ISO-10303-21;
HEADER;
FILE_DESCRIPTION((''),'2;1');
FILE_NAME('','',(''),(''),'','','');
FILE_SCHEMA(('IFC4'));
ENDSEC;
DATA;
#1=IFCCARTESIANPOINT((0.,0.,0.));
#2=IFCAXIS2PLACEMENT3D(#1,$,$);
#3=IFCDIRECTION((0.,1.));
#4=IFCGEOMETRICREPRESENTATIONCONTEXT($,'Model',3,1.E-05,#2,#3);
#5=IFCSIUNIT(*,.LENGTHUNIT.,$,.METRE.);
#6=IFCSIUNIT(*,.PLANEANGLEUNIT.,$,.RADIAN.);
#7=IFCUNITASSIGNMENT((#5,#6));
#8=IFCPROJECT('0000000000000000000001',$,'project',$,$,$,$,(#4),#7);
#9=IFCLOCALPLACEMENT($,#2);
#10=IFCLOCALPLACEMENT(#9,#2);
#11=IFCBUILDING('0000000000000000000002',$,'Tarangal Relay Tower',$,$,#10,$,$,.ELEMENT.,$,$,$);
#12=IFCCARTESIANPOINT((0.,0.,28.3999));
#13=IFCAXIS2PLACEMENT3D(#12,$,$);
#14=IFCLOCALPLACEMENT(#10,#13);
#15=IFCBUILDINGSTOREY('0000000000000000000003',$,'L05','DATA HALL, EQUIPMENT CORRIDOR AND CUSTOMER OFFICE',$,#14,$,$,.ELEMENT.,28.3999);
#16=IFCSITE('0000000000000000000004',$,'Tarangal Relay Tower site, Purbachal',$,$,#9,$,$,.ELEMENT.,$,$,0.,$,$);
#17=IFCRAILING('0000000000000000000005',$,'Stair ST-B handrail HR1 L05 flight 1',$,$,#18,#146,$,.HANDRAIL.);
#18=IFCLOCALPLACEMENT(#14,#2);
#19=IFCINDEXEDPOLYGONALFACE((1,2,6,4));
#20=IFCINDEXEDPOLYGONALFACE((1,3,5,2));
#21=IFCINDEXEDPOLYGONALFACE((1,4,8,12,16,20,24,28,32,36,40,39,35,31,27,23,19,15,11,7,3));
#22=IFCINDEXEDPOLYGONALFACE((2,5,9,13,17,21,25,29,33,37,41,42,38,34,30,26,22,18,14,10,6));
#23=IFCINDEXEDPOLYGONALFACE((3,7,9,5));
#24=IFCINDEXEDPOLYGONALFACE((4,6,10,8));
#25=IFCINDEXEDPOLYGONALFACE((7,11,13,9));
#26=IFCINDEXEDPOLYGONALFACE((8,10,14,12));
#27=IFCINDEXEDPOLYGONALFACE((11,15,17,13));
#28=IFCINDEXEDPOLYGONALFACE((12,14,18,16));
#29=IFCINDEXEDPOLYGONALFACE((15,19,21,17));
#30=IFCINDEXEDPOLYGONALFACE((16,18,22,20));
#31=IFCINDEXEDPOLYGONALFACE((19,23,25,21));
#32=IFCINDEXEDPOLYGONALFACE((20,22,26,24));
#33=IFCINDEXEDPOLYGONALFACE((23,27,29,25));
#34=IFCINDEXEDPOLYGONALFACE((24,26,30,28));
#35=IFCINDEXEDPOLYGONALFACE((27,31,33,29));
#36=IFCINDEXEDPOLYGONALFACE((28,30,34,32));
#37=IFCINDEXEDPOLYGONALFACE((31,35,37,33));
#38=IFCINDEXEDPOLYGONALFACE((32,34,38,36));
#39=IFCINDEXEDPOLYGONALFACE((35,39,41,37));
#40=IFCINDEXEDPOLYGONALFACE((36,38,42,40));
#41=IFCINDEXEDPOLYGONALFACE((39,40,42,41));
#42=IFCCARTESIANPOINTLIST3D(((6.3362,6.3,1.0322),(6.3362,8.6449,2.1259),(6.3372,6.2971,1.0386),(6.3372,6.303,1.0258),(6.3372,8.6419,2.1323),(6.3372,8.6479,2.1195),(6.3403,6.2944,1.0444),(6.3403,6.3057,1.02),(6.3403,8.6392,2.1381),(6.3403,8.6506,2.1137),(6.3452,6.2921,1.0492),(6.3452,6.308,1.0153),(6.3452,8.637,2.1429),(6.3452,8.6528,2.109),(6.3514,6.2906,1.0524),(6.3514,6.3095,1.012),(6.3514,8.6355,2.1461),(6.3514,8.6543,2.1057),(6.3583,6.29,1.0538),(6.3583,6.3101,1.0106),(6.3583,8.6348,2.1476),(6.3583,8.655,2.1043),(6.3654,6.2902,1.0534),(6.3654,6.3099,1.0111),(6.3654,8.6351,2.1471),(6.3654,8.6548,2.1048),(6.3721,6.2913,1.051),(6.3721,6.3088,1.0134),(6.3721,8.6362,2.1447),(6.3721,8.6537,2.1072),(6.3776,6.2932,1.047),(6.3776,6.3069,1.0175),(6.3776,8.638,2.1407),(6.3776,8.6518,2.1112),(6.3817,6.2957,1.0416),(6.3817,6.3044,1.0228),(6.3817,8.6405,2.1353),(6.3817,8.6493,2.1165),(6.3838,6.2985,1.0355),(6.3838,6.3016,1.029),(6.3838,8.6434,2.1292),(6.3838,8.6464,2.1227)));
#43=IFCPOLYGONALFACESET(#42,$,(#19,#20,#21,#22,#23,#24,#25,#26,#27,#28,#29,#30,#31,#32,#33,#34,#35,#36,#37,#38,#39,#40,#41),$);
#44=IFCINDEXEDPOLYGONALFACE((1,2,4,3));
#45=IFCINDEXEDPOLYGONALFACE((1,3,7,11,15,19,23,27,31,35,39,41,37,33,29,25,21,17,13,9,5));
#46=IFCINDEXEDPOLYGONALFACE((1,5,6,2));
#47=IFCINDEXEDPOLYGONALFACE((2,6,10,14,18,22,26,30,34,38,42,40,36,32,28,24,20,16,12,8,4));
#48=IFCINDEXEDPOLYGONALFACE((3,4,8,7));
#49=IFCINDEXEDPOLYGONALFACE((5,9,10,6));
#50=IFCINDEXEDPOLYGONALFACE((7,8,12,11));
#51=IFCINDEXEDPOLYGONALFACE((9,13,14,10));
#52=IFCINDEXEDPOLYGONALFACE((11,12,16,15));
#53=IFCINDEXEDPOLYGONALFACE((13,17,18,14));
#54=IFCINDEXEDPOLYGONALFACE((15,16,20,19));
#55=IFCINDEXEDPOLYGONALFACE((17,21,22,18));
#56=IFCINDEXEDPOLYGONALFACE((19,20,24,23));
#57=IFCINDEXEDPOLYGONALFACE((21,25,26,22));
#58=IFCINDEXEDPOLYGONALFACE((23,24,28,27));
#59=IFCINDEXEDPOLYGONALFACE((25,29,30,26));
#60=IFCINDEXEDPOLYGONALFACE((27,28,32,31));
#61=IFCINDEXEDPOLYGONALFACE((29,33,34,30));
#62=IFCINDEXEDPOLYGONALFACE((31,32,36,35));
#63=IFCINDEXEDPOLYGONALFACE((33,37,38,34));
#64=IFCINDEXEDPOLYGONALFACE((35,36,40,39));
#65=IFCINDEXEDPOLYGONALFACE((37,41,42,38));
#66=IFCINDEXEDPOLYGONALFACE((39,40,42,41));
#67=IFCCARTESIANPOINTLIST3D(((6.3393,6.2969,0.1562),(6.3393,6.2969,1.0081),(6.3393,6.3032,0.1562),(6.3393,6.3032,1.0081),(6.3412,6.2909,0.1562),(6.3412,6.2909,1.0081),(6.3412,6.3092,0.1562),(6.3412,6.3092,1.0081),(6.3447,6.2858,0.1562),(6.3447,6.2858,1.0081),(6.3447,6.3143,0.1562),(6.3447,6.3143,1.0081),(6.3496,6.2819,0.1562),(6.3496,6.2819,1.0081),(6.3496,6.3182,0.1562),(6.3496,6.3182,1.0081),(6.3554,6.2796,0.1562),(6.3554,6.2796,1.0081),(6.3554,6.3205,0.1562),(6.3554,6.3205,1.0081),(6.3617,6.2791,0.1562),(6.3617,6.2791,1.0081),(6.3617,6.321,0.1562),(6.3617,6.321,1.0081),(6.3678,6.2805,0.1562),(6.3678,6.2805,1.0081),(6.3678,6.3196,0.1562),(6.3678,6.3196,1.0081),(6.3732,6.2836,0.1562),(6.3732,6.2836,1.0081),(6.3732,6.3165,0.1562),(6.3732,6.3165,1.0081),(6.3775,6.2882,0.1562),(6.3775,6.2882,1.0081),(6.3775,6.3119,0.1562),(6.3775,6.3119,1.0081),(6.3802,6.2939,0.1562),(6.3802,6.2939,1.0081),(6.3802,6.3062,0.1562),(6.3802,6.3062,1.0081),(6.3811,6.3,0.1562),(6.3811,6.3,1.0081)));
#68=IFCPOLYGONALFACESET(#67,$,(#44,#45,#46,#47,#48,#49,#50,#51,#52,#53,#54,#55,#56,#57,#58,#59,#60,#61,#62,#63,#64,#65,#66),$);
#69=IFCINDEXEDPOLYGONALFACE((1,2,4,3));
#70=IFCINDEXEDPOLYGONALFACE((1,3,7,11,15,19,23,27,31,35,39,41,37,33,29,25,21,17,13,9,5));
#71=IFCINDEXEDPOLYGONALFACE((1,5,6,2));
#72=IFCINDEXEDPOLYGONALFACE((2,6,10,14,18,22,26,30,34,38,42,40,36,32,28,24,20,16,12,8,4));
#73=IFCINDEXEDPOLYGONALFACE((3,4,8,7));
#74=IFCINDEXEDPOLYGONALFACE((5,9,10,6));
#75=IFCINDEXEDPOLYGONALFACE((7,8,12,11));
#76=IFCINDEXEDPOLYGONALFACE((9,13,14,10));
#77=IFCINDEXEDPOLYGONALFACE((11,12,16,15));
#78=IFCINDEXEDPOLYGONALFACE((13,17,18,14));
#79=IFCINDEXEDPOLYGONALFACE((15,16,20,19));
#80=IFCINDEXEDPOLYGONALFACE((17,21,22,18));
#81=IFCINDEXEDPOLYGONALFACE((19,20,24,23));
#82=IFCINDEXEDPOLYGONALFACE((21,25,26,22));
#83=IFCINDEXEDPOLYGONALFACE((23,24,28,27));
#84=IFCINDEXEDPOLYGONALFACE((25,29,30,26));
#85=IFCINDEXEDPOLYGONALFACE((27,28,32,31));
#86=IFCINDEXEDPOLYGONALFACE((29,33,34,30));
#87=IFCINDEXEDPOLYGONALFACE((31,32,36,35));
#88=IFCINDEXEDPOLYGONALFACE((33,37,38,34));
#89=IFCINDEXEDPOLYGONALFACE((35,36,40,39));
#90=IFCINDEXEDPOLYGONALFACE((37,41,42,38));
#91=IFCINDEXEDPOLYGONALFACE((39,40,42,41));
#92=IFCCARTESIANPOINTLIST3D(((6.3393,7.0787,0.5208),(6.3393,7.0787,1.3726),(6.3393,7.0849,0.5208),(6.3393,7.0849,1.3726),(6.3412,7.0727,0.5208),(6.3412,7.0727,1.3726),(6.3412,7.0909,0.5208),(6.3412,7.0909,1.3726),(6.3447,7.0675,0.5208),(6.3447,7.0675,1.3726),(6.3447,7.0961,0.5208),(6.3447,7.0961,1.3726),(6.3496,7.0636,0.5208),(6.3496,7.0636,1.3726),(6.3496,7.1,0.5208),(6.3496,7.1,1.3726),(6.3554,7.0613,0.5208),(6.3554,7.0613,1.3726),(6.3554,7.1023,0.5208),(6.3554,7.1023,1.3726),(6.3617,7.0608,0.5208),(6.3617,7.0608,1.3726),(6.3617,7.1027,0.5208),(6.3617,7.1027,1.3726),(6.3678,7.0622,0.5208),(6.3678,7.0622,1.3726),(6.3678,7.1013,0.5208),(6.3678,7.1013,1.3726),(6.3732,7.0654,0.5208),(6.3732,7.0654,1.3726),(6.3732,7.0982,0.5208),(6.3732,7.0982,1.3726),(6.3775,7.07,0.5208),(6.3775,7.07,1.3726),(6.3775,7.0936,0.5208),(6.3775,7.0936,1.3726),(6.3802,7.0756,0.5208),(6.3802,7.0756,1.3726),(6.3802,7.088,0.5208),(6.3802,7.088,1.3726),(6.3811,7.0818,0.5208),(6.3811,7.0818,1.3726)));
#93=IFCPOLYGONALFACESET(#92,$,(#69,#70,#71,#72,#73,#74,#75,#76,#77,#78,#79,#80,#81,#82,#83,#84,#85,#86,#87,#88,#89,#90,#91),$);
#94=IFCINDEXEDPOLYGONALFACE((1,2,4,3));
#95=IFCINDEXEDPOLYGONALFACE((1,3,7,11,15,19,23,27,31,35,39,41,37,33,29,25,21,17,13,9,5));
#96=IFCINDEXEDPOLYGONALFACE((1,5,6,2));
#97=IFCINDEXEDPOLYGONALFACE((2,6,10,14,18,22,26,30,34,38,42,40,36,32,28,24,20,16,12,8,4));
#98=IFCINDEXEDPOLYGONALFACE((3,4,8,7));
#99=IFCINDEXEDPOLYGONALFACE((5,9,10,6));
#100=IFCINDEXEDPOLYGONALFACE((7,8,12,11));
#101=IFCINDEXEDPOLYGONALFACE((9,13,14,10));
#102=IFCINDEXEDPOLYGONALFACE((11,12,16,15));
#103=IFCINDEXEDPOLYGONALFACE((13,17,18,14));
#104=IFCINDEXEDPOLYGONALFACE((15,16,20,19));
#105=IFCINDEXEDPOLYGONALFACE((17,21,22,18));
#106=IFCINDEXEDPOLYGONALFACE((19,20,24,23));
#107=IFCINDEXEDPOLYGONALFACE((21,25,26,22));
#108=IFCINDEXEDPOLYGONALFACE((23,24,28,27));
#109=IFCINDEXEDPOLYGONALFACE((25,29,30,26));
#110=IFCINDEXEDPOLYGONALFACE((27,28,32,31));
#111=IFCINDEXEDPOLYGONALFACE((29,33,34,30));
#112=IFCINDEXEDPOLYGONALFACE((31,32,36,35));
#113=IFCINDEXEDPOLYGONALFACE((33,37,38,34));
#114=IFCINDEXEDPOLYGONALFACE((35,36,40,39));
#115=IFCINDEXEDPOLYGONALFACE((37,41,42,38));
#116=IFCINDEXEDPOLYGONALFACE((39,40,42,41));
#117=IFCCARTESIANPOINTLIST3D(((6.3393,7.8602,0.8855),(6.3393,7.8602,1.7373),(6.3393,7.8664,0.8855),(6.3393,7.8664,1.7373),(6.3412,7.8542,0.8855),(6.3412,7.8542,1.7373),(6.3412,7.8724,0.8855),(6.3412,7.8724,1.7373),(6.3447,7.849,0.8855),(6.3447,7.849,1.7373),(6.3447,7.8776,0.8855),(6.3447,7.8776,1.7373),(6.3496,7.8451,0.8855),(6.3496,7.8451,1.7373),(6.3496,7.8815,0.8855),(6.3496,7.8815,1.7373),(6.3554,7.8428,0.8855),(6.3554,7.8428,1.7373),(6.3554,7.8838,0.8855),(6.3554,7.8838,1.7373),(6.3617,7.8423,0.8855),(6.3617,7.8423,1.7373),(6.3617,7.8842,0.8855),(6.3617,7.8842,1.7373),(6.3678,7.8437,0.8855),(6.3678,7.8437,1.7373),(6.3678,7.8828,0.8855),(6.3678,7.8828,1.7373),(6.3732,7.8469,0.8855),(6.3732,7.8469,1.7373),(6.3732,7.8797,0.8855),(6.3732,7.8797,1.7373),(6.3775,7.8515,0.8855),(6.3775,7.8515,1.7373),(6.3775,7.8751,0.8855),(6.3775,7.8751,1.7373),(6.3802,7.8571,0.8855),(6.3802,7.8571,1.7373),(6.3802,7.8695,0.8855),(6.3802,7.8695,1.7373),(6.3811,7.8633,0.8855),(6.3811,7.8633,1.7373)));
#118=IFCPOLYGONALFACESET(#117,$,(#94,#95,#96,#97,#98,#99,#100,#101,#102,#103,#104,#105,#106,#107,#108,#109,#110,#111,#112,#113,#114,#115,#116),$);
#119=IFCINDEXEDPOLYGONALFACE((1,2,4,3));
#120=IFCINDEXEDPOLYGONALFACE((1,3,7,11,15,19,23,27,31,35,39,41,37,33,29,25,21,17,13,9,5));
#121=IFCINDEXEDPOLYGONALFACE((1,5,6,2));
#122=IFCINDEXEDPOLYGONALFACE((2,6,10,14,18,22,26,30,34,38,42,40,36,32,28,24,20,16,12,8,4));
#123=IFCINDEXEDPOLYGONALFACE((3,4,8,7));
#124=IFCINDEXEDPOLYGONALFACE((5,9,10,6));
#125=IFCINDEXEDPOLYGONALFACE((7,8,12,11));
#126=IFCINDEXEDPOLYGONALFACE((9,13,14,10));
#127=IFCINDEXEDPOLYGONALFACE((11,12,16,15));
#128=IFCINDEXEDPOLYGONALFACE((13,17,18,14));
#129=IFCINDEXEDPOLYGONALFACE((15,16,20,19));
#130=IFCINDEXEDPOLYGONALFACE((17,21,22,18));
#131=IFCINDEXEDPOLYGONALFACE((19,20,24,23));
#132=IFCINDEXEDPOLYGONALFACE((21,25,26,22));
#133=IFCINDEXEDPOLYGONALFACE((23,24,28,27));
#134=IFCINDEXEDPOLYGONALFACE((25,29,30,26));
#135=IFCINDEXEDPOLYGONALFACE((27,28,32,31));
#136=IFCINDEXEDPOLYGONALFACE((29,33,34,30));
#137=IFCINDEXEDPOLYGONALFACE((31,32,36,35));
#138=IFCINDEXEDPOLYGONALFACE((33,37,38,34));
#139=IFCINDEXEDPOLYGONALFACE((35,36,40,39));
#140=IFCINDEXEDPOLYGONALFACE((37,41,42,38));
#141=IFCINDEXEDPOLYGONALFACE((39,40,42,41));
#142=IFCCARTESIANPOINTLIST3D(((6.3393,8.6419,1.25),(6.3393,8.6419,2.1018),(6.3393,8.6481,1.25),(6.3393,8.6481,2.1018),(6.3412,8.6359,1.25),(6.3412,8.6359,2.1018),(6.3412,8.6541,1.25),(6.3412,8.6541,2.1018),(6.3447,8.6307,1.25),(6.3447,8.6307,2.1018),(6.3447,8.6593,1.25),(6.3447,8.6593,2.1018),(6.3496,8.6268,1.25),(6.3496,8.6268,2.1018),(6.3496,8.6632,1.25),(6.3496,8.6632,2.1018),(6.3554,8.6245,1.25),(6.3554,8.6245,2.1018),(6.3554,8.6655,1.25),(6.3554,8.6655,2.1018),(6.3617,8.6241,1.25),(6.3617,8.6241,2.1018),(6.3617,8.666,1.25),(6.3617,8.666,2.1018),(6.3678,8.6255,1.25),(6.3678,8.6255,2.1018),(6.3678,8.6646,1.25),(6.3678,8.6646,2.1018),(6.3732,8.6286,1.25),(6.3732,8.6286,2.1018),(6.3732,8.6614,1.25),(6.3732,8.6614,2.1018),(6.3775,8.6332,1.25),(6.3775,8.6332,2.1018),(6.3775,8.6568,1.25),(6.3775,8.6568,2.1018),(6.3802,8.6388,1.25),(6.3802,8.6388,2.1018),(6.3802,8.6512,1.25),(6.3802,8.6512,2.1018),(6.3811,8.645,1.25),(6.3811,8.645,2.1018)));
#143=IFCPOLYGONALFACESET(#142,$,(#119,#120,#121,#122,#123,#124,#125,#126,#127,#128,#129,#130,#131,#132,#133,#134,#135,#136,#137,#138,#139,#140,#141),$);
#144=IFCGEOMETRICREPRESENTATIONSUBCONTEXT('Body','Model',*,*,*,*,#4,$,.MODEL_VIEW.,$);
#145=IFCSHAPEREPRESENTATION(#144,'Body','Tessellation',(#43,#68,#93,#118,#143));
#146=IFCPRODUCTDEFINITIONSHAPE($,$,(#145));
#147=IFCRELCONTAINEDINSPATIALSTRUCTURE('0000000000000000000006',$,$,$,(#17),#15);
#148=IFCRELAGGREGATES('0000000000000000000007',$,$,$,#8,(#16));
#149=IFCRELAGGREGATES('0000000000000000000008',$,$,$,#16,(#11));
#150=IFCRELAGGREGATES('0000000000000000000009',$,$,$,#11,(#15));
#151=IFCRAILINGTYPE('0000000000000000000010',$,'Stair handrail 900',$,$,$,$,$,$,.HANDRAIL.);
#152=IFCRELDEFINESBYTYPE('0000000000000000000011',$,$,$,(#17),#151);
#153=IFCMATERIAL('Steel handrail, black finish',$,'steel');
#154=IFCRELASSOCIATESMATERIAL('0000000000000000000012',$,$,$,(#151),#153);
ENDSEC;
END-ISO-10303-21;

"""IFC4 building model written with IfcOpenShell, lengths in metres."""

from ifc_helpers import new_model, si_unit, direction, frame, origin, origin_2d, place, context, subcontext, project, spatial, circle, extrude, material, type_object, element, save


model = new_model("IFC4")

# Units and contexts
model_context = context("Model", 3, precision=1e-05, world=origin(), true_north=direction((0.0, 1.0)))
body_context = subcontext(model_context, "Body", "Model", "MODEL_VIEW")
ifc_project = project(units=[si_unit("LENGTHUNIT", "METRE"), si_unit("PLANEANGLEUNIT", "RADIAN")], contexts=[model_context])

# Site, building, storey
site_placement = place(None, origin())
site = spatial("IfcSite", under=ifc_project, at=site_placement, Name="Tarangal Relay Tower site, Purbachal", CompositionType="ELEMENT", RefElevation=0.0)
building_placement = place(site_placement, origin())
building = spatial("IfcBuilding", under=site, at=building_placement, Name="Tarangal Relay Tower", CompositionType="ELEMENT")
storey_placement = place(building_placement, frame((0.0, 0.0, 28.3999)))
storey = spatial("IfcBuildingStorey", under=building, at=storey_placement, Name="L05", Description="DATA HALL, EQUIPMENT CORRIDOR AND CUSTOMER OFFICE", CompositionType="ELEMENT", Elevation=28.3999)

# Railing
ifc_material_1 = material(Name="Steel handrail, black finish", Category="steel")
railing_type_1 = type_object("IfcRailingType", Name="Stair handrail 900", PredefinedType="HANDRAIL", material=ifc_material_1)
for number, where, name in (
    (1, (6.3601, 6.3, 0.1562), "Stair ST-B handrail HR1 L05 flight 1"),
):
    element("IfcRailing", number, at=place(storey_placement, frame(where)), inside=storey, type_object=railing_type_1, Name=name, PredefinedType="HANDRAIL", context=body_context, shape_type="SweptSolid", body=[
        extrude(circle(Radius=0.0239, at=origin_2d()), frame((0.0, 0.0, 0.876), z_axis=(0.0, 0.906267, 0.422705), x_axis=(-1.0, 0.0, 0.0)), (0.0, 0.0, 1.0), 2.5874),
        extrude(circle(Radius=0.021, at=origin_2d()), origin(), (0.0, 0.0, 1.0), 0.8518),
        extrude(circle(Radius=0.021, at=origin_2d()), frame((0.0, 0.7817, 0.3645)), (0.0, 0.0, 1.0), 0.8518),
        extrude(circle(Radius=0.021, at=origin_2d()), frame((0.0, 1.5632, 0.7292)), (0.0, 0.0, 1.0), 0.8518),
        extrude(circle(Radius=0.021, at=origin_2d()), frame((0.0, 2.345, 1.0938)), (0.0, 0.0, 1.0), 0.8518),
    ])

save(model, "model.ifc")
